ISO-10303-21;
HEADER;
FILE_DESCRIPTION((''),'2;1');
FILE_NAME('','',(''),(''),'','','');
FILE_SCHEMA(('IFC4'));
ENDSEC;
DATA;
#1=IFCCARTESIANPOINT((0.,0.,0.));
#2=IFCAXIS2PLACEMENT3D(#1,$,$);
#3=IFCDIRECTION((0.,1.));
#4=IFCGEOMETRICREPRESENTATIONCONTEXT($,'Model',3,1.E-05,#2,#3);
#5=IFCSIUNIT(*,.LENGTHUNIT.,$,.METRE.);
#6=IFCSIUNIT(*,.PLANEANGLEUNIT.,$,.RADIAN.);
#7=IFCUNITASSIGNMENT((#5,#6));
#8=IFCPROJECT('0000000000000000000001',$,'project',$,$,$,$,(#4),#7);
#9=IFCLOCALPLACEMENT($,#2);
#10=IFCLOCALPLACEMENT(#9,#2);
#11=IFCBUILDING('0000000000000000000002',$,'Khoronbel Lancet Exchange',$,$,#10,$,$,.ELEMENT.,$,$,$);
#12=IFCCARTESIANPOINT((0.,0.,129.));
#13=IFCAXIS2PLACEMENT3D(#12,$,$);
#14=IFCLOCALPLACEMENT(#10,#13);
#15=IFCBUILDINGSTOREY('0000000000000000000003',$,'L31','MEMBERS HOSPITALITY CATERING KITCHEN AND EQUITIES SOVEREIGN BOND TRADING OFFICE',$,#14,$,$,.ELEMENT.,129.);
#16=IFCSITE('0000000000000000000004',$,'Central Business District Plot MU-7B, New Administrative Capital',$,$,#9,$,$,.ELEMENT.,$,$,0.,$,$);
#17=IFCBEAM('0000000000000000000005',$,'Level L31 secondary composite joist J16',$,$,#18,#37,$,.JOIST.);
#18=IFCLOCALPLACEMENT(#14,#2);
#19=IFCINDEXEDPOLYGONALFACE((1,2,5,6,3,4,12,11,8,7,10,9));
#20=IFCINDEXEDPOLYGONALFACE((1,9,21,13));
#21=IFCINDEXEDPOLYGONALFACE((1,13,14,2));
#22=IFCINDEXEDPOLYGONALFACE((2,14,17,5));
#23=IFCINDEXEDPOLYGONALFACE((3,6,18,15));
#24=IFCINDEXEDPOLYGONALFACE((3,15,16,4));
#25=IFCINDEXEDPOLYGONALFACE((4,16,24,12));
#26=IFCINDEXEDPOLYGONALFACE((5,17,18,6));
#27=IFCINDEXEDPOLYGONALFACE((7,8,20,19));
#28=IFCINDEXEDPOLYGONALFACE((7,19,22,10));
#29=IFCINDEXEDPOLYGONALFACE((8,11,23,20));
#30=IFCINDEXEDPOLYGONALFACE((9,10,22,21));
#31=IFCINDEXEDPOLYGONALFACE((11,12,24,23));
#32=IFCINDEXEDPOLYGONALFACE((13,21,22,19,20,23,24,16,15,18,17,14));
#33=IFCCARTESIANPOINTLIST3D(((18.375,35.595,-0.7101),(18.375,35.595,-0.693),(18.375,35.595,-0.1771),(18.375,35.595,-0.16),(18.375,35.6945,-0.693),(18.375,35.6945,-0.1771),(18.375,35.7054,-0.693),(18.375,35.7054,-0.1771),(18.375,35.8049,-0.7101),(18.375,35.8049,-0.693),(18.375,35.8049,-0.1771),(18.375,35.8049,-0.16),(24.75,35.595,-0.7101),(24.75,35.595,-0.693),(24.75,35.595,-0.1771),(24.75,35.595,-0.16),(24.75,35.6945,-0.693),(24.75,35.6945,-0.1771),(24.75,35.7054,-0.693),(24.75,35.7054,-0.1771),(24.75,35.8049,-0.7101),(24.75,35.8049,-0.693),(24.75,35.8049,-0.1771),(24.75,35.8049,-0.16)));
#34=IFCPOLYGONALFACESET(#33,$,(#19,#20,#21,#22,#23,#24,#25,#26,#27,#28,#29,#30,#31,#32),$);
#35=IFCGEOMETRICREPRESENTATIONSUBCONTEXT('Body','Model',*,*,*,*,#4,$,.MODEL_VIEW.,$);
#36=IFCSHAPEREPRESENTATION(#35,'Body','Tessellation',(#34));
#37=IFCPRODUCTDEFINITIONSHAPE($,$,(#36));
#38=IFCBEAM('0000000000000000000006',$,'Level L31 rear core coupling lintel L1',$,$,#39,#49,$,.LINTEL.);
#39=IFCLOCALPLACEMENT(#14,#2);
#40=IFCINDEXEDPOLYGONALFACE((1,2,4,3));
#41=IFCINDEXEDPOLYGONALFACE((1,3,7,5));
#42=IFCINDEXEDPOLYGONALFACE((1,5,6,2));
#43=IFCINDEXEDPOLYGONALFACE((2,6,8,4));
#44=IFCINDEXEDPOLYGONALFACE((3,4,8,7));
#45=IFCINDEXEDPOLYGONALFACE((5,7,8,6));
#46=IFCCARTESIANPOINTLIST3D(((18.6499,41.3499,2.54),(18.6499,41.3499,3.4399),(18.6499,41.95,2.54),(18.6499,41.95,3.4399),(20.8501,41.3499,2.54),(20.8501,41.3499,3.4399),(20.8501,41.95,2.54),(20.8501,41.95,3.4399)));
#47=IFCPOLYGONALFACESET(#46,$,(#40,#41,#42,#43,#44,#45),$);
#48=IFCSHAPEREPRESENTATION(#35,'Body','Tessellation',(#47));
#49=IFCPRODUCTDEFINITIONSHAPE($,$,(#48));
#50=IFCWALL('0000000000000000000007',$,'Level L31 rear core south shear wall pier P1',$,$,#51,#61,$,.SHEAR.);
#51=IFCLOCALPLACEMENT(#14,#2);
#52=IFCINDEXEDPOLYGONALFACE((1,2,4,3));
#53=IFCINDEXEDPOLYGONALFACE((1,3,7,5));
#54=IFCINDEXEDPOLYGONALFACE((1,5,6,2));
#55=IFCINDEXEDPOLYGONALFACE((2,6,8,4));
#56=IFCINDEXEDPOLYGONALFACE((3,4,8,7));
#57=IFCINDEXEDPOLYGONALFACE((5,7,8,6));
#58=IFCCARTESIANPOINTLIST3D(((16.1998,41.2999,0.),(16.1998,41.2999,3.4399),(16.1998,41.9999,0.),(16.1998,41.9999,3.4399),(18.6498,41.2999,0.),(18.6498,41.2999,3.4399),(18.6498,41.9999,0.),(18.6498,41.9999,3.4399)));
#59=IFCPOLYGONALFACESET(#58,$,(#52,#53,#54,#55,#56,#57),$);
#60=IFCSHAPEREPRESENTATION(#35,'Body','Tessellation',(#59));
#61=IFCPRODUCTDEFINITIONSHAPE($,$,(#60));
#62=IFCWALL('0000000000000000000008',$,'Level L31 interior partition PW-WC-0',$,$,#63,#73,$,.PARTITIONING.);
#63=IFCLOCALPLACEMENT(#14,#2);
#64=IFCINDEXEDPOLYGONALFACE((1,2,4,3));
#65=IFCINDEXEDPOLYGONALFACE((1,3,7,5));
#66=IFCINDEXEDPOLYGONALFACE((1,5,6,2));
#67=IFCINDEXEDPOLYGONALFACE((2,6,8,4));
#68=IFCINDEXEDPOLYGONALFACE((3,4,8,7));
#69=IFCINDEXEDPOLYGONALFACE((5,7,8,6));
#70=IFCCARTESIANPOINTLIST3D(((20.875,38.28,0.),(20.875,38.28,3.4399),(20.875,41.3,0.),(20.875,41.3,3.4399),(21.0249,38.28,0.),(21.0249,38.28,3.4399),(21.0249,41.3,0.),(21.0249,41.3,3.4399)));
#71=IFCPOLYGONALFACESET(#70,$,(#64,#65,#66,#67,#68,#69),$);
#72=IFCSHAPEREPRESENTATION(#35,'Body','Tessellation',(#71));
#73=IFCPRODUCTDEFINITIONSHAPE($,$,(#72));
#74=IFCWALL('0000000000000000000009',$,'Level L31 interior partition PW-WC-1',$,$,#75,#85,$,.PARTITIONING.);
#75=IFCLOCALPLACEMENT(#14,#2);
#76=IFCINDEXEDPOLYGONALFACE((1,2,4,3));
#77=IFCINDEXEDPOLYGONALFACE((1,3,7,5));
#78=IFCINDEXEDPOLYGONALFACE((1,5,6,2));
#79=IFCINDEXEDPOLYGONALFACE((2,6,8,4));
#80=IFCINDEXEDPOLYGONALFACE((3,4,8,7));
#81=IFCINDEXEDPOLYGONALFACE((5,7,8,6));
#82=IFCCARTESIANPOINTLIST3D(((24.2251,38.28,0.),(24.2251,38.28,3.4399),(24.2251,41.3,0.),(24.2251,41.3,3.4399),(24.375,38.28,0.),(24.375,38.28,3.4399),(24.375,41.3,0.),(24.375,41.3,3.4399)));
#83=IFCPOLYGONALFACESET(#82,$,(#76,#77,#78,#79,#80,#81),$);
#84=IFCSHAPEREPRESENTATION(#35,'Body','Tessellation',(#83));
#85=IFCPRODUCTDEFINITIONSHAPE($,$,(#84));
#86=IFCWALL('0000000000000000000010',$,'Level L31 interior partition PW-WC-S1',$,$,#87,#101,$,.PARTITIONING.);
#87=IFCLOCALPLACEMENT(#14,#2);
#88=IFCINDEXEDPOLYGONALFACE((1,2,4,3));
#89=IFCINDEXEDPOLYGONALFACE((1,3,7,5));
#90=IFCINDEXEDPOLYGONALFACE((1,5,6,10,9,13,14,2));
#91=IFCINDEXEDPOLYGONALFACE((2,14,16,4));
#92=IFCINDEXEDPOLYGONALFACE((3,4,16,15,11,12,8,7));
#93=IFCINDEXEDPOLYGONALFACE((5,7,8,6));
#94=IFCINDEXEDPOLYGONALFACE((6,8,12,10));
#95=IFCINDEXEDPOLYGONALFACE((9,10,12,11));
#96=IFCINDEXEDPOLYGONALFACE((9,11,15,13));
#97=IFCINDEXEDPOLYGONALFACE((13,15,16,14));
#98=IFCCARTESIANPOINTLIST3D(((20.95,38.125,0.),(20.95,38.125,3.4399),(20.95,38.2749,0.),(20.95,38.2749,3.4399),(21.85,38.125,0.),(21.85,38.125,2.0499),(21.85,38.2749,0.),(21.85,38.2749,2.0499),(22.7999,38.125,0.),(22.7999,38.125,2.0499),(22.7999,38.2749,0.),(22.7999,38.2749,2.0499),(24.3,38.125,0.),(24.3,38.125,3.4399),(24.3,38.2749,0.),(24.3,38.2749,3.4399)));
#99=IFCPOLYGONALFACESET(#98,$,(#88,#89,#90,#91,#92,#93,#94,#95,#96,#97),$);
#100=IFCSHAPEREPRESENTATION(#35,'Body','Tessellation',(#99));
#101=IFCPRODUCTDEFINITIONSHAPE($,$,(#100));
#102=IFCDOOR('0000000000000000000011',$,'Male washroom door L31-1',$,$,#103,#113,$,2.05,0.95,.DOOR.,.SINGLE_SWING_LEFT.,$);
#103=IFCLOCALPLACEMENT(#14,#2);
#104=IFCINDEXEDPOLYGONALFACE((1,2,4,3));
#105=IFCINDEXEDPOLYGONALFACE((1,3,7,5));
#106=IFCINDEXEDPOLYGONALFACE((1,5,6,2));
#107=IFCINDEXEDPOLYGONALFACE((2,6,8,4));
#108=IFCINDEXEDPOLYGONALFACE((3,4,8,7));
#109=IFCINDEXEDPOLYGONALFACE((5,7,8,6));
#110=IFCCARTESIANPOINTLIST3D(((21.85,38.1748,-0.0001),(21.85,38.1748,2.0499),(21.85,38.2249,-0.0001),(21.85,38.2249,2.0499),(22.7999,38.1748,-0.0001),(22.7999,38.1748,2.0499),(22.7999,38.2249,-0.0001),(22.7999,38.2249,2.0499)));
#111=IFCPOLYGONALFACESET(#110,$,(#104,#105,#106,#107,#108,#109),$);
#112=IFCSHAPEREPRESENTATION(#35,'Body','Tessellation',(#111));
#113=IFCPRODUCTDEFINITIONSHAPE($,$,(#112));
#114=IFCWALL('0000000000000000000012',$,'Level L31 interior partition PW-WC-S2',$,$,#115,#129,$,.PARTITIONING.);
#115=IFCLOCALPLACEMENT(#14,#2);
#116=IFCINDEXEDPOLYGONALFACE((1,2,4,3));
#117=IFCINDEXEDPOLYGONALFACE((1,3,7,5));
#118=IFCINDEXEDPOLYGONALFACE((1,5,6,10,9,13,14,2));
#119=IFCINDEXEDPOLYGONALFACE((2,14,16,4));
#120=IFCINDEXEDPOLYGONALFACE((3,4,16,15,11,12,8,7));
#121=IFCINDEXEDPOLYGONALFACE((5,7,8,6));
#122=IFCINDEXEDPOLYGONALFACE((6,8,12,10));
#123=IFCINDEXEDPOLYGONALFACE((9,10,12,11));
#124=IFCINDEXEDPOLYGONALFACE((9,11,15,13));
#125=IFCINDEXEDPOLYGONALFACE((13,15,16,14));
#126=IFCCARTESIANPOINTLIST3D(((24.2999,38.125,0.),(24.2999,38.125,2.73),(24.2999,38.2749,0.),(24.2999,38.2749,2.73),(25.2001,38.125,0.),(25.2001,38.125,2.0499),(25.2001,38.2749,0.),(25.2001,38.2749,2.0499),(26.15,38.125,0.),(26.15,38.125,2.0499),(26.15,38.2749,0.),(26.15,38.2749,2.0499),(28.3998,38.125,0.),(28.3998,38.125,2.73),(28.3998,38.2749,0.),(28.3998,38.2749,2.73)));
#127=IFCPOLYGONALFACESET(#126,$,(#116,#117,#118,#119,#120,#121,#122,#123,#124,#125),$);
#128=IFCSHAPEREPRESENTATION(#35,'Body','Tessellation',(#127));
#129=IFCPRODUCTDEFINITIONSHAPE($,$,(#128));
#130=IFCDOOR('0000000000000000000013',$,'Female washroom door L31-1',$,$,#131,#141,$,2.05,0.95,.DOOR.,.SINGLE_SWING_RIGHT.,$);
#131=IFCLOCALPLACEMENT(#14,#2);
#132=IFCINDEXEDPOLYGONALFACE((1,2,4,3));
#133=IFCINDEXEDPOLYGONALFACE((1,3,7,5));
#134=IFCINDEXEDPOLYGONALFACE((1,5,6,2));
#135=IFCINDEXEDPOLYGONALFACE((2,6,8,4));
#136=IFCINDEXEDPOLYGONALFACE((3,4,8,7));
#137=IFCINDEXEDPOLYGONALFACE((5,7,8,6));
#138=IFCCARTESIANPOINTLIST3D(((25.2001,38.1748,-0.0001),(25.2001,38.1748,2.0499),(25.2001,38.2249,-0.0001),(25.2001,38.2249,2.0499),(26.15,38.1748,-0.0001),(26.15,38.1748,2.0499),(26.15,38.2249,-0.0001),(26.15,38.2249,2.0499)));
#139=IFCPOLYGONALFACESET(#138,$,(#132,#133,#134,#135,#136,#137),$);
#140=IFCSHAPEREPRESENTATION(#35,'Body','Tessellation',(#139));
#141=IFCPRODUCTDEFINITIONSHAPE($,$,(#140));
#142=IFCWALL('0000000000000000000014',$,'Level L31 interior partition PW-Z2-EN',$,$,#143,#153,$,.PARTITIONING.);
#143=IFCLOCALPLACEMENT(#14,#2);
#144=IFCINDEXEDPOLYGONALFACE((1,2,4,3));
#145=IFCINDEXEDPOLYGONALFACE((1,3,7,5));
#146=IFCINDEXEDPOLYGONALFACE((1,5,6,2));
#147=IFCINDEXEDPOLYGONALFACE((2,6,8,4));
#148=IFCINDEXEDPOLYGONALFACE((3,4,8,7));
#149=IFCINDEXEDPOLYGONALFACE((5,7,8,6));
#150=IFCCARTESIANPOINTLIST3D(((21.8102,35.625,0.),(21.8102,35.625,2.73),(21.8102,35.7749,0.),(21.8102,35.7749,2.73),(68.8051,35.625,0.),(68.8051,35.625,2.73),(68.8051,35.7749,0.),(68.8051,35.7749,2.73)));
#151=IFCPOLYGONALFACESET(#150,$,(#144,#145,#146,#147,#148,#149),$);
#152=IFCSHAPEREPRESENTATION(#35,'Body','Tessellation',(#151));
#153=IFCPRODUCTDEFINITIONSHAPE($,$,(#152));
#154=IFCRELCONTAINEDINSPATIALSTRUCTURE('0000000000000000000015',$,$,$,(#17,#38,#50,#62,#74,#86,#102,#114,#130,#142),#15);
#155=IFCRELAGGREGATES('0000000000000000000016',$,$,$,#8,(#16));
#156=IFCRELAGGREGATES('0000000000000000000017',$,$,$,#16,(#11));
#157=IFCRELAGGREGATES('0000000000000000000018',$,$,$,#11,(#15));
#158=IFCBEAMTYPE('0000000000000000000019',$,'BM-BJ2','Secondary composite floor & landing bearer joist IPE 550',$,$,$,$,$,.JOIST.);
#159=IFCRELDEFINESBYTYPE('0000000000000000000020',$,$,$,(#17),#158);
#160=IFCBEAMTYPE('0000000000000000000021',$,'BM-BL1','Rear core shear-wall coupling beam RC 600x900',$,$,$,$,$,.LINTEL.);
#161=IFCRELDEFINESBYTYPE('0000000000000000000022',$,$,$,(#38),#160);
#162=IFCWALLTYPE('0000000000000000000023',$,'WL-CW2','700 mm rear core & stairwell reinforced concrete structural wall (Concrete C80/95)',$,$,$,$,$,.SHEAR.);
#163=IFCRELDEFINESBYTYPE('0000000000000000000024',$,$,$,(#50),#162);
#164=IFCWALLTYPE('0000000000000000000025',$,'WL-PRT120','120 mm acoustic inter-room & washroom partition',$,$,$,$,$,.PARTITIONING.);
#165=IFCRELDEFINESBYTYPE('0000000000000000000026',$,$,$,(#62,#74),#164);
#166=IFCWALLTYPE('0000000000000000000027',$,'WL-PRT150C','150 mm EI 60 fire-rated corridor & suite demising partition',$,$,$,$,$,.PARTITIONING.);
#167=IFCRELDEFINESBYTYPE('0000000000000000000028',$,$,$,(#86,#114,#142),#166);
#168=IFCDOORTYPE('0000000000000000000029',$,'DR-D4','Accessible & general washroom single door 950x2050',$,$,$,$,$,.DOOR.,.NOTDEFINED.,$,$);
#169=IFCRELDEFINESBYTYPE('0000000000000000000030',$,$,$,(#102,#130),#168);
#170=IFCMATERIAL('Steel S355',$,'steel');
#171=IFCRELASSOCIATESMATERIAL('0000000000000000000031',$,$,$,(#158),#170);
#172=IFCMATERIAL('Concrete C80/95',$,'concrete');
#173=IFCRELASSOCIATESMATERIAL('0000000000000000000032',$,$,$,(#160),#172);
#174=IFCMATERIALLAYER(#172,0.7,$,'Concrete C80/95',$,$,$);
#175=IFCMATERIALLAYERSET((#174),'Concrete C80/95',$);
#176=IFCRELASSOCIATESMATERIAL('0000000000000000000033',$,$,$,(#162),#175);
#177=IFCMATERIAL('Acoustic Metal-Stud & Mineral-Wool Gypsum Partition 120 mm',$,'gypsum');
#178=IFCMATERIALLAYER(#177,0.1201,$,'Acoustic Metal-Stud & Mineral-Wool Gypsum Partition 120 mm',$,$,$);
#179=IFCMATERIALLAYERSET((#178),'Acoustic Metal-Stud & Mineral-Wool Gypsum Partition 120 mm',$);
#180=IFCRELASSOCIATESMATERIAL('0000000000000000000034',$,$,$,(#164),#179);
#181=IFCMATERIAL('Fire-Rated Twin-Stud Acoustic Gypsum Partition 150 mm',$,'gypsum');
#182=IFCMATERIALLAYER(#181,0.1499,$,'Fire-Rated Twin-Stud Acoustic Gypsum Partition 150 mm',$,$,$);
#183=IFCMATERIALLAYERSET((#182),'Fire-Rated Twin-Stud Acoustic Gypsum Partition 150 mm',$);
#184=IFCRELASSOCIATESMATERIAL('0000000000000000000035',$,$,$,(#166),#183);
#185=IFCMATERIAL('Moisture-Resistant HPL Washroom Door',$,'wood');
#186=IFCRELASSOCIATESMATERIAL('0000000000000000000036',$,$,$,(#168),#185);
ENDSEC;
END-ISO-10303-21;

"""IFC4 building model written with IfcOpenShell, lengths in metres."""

from ifc_helpers import new_model, si_unit, direction, frame, frame_2d, origin, origin_2d, place, context, subcontext, project, spatial, rectangle, i_section, extrude, material, layer, layer_set, material_profile, profile_set, type_object, element, fill, save


model = new_model("IFC4")

# Units and contexts
model_context = context("Model", 3, precision=1e-05, world=origin(), true_north=direction((0.0, 1.0)))
body_context = subcontext(model_context, "Body", "Model", "MODEL_VIEW")
ifc_project = project(units=[si_unit("LENGTHUNIT", "METRE"), si_unit("PLANEANGLEUNIT", "RADIAN")], contexts=[model_context])

# Site, building, storey
site_placement = place(None, origin())
site = spatial("IfcSite", under=ifc_project, at=site_placement, Name="Central Business District Plot MU-7B, New Administrative Capital", CompositionType="ELEMENT", RefElevation=0.0)
building_placement = place(site_placement, origin())
building = spatial("IfcBuilding", under=site, at=building_placement, Name="Khoronbel Lancet Exchange", CompositionType="ELEMENT")
storey_placement = place(building_placement, frame((0.0, 0.0, 129.0)))
storey = spatial("IfcBuildingStorey", under=building, at=storey_placement, Name="L31", Description="MEMBERS HOSPITALITY CATERING KITCHEN AND EQUITIES SOVEREIGN BOND TRADING OFFICE", CompositionType="ELEMENT", Elevation=129.0)

# Beams
ifc_material_1 = material(Name="Steel S355", Category="steel")
ifc_material_profile_1 = material_profile(ifc_material_1, i_section(OverallWidth=0.21, OverallDepth=0.55, WebThickness=0.011, FlangeThickness=0.0171, at=origin_2d()), Name="IPE 550")
ifc_profile_set_1 = profile_set([ifc_material_profile_1], Name="Steel S355")
beam_type_1 = type_object("IfcBeamType", Name="BM-BJ2", Description="Secondary composite floor & landing bearer joist IPE 550", PredefinedType="JOIST", material=ifc_profile_set_1)
beam_1_placement = place(storey_placement, frame((18.375, 35.7, -0.4351), z_axis=(1.0, 0.0, 0.0), x_axis=(0.0, 1.0, 0.0)))
element("IfcBeam", 1, at=beam_1_placement, inside=storey, type_object=beam_type_1, Name="Level L31 secondary composite joist J16", PredefinedType="JOIST", context=body_context, shape_type="SweptSolid", body=[
    extrude(i_section(OverallWidth=0.21, OverallDepth=0.55, WebThickness=0.011, FlangeThickness=0.0171, at=origin_2d()), origin(), (0.0, 0.0, 1.0), 6.375),
])
ifc_material_2 = material(Name="Concrete C80/95", Category="concrete")
ifc_material_profile_2 = material_profile(ifc_material_2, rectangle(XDim=0.6001, YDim=0.8999, at=origin_2d()), Name="RC 600x900")
ifc_profile_set_2 = profile_set([ifc_material_profile_2], Name="Concrete C80/95")
beam_type_2 = type_object("IfcBeamType", Name="BM-BL1", Description="Rear core shear-wall coupling beam RC 600x900", PredefinedType="LINTEL", material=ifc_profile_set_2)
beam_2_placement = place(storey_placement, frame((18.6499, 41.6499, 2.99), z_axis=(1.0, 0.0, 0.0), x_axis=(0.0, 1.0, 0.0)))
element("IfcBeam", 2, at=beam_2_placement, inside=storey, type_object=beam_type_2, Name="Level L31 rear core coupling lintel L1", PredefinedType="LINTEL", context=body_context, shape_type="SweptSolid", body=[
    extrude(rectangle(XDim=0.6001, YDim=0.8999, at=origin_2d()), origin(), (0.0, 0.0, 1.0), 2.2002),
])

# Walls
ifc_layer_1 = layer(ifc_material_2, 0.7, Name="Concrete C80/95")
ifc_layer_set_1 = layer_set([ifc_layer_1], Name="Concrete C80/95")
wall_type_1 = type_object("IfcWallType", Name="WL-CW2", Description="700 mm rear core & stairwell reinforced concrete structural wall (Concrete C80/95)", PredefinedType="SHEAR", material=ifc_layer_set_1)
wall_1_placement = place(storey_placement, frame((18.6499, 41.6499, 0.0), z_axis=(0.0, 0.0, 1.0), x_axis=(-1.0, 0.0, 0.0)))
element("IfcWall", 3, at=wall_1_placement, inside=storey, type_object=wall_type_1, Name="Level L31 rear core south shear wall pier P1", PredefinedType="SHEAR", context=body_context, shape_type="SweptSolid", body=[
    extrude(rectangle(XDim=2.45, YDim=0.7, at=frame_2d((1.2251, 0.0))), origin(), (0.0, 0.0, 1.0), 3.4399),
])
ifc_material_3 = material(Name="Acoustic Metal-Stud & Mineral-Wool Gypsum Partition 120 mm", Category="gypsum")
ifc_layer_2 = layer(ifc_material_3, 0.1201, Name="Acoustic Metal-Stud & Mineral-Wool Gypsum Partition 120 mm")
ifc_layer_set_2 = layer_set([ifc_layer_2], Name="Acoustic Metal-Stud & Mineral-Wool Gypsum Partition 120 mm")
wall_type_2 = type_object("IfcWallType", Name="WL-PRT120", Description="120 mm acoustic inter-room & washroom partition", PredefinedType="PARTITIONING", material=ifc_layer_set_2)
for number, where, z_axis, x_axis, name in (
    (4, (20.95, 38.28, 0.0), (0.0, 0.0, 1.0), (0.0, 1.0, 0.0), "Level L31 interior partition PW-WC-0"),
    (5, (24.3, 38.28, 0.0), (0.0, 0.0, 1.0), (0.0, 1.0, 0.0), "Level L31 interior partition PW-WC-1"),
):
    element("IfcWall", number, at=place(storey_placement, frame(where, z_axis=z_axis, x_axis=x_axis)), inside=storey, type_object=wall_type_2, Name=name, PredefinedType="PARTITIONING", context=body_context, shape_type="SweptSolid", body=[
        extrude(rectangle(XDim=3.02, YDim=0.1499, at=frame_2d((1.51, 0.0))), origin(), (0.0, 0.0, 1.0), 3.4399),
    ])

# Walls, openings, doors
ifc_material_4 = material(Name="Fire-Rated Twin-Stud Acoustic Gypsum Partition 150 mm", Category="gypsum")
ifc_layer_3 = layer(ifc_material_4, 0.1499, Name="Fire-Rated Twin-Stud Acoustic Gypsum Partition 150 mm")
ifc_layer_set_3 = layer_set([ifc_layer_3], Name="Fire-Rated Twin-Stud Acoustic Gypsum Partition 150 mm")
wall_type_3 = type_object("IfcWallType", Name="WL-PRT150C", Description="150 mm EI 60 fire-rated corridor & suite demising partition", PredefinedType="PARTITIONING", material=ifc_layer_set_3)
wall_2_placement = place(storey_placement, frame((20.95, 38.2, 0.0), z_axis=(0.0, 0.0, 1.0), x_axis=(1.0, 0.0, 0.0)))
wall_2 = element("IfcWall", 6, at=wall_2_placement, inside=storey, type_object=wall_type_3, Name="Level L31 interior partition PW-WC-S1", PredefinedType="PARTITIONING", context=body_context, shape_type="SweptSolid", body=[
    extrude(rectangle(XDim=3.3501, YDim=0.1499, at=frame_2d((1.675, 0.0))), origin(), (0.0, 0.0, 1.0), 3.4399),
])
opening_1_placement = place(wall_2_placement, frame((0.8999, 0.0, 0.0)))
opening_1 = element("IfcOpeningElement", 7, at=opening_1_placement, cuts=wall_2, PredefinedType="OPENING", context=body_context, shape_type="SweptSolid", body=[
    extrude(rectangle(XDim=0.95, YDim=2.05, at=frame_2d((0.4751, 1.0249))), frame((0.0, 0.085, 0.0), z_axis=(0.0, -1.0, 0.0), x_axis=(1.0, 0.0, 0.0)), (0.0, 0.0, 1.0), 0.1699),
])
ifc_material_5 = material(Name="Moisture-Resistant HPL Washroom Door", Category="wood")
door_type_1 = type_object("IfcDoorType", Name="DR-D4", Description="Accessible & general washroom single door 950x2050", OperationType="NOTDEFINED", PredefinedType="DOOR", material=ifc_material_5)
door_1_placement = place(opening_1_placement, origin())
door_1 = element("IfcDoor", 8, at=door_1_placement, inside=storey, type_object=door_type_1, Name="Male washroom door L31-1", OperationType="SINGLE_SWING_LEFT", OverallHeight=2.05, OverallWidth=0.95, PredefinedType="DOOR", context=body_context, shape_type="SweptSolid", body=[
    extrude(rectangle(XDim=0.95, YDim=2.05, at=frame_2d((0.4751, 1.0249))), frame((0.0, 0.0249, 0.0), z_axis=(0.0, -1.0, 0.0), x_axis=(1.0, 0.0, 0.0)), (0.0, 0.0, 1.0), 0.05),
])
fill(opening_1, door_1)
wall_3_placement = place(storey_placement, frame((24.3, 38.2, 0.0), z_axis=(0.0, 0.0, 1.0), x_axis=(1.0, 0.0, 0.0)))
wall_3 = element("IfcWall", 9, at=wall_3_placement, inside=storey, type_object=wall_type_3, Name="Level L31 interior partition PW-WC-S2", PredefinedType="PARTITIONING", context=body_context, shape_type="SweptSolid", body=[
    extrude(rectangle(XDim=4.0999, YDim=0.1499, at=frame_2d((2.0498, 0.0))), origin(), (0.0, 0.0, 1.0), 2.73),
])
opening_2_placement = place(wall_3_placement, frame((0.8999, 0.0, 0.0)))
opening_2 = element("IfcOpeningElement", 10, at=opening_2_placement, cuts=wall_3, PredefinedType="OPENING", context=body_context, shape_type="SweptSolid", body=[
    extrude(rectangle(XDim=0.95, YDim=2.05, at=frame_2d((0.4751, 1.0249))), frame((0.0, 0.085, 0.0), z_axis=(0.0, -1.0, 0.0), x_axis=(1.0, 0.0, 0.0)), (0.0, 0.0, 1.0), 0.1699),
])
door_2_placement = place(opening_2_placement, origin())
door_2 = element("IfcDoor", 11, at=door_2_placement, inside=storey, type_object=door_type_1, Name="Female washroom door L31-1", OperationType="SINGLE_SWING_RIGHT", OverallHeight=2.05, OverallWidth=0.95, PredefinedType="DOOR", context=body_context, shape_type="SweptSolid", body=[
    extrude(rectangle(XDim=0.95, YDim=2.05, at=frame_2d((0.4751, 1.0249))), frame((0.0, 0.0249, 0.0), z_axis=(0.0, -1.0, 0.0), x_axis=(1.0, 0.0, 0.0)), (0.0, 0.0, 1.0), 0.05),
])
fill(opening_2, door_2)

# Wall
wall_4_placement = place(storey_placement, frame((21.8101, 35.7, 0.0), z_axis=(0.0, 0.0, 1.0), x_axis=(1.0, 0.0, 0.0)))
element("IfcWall", 12, at=wall_4_placement, inside=storey, type_object=wall_type_3, Name="Level L31 interior partition PW-Z2-EN", PredefinedType="PARTITIONING", context=body_context, shape_type="SweptSolid", body=[
    extrude(rectangle(XDim=46.9949, YDim=0.1499, at=frame_2d((23.4976, 0.0))), origin(), (0.0, 0.0, 1.0), 2.73),
])

save(model, "model.ifc")
